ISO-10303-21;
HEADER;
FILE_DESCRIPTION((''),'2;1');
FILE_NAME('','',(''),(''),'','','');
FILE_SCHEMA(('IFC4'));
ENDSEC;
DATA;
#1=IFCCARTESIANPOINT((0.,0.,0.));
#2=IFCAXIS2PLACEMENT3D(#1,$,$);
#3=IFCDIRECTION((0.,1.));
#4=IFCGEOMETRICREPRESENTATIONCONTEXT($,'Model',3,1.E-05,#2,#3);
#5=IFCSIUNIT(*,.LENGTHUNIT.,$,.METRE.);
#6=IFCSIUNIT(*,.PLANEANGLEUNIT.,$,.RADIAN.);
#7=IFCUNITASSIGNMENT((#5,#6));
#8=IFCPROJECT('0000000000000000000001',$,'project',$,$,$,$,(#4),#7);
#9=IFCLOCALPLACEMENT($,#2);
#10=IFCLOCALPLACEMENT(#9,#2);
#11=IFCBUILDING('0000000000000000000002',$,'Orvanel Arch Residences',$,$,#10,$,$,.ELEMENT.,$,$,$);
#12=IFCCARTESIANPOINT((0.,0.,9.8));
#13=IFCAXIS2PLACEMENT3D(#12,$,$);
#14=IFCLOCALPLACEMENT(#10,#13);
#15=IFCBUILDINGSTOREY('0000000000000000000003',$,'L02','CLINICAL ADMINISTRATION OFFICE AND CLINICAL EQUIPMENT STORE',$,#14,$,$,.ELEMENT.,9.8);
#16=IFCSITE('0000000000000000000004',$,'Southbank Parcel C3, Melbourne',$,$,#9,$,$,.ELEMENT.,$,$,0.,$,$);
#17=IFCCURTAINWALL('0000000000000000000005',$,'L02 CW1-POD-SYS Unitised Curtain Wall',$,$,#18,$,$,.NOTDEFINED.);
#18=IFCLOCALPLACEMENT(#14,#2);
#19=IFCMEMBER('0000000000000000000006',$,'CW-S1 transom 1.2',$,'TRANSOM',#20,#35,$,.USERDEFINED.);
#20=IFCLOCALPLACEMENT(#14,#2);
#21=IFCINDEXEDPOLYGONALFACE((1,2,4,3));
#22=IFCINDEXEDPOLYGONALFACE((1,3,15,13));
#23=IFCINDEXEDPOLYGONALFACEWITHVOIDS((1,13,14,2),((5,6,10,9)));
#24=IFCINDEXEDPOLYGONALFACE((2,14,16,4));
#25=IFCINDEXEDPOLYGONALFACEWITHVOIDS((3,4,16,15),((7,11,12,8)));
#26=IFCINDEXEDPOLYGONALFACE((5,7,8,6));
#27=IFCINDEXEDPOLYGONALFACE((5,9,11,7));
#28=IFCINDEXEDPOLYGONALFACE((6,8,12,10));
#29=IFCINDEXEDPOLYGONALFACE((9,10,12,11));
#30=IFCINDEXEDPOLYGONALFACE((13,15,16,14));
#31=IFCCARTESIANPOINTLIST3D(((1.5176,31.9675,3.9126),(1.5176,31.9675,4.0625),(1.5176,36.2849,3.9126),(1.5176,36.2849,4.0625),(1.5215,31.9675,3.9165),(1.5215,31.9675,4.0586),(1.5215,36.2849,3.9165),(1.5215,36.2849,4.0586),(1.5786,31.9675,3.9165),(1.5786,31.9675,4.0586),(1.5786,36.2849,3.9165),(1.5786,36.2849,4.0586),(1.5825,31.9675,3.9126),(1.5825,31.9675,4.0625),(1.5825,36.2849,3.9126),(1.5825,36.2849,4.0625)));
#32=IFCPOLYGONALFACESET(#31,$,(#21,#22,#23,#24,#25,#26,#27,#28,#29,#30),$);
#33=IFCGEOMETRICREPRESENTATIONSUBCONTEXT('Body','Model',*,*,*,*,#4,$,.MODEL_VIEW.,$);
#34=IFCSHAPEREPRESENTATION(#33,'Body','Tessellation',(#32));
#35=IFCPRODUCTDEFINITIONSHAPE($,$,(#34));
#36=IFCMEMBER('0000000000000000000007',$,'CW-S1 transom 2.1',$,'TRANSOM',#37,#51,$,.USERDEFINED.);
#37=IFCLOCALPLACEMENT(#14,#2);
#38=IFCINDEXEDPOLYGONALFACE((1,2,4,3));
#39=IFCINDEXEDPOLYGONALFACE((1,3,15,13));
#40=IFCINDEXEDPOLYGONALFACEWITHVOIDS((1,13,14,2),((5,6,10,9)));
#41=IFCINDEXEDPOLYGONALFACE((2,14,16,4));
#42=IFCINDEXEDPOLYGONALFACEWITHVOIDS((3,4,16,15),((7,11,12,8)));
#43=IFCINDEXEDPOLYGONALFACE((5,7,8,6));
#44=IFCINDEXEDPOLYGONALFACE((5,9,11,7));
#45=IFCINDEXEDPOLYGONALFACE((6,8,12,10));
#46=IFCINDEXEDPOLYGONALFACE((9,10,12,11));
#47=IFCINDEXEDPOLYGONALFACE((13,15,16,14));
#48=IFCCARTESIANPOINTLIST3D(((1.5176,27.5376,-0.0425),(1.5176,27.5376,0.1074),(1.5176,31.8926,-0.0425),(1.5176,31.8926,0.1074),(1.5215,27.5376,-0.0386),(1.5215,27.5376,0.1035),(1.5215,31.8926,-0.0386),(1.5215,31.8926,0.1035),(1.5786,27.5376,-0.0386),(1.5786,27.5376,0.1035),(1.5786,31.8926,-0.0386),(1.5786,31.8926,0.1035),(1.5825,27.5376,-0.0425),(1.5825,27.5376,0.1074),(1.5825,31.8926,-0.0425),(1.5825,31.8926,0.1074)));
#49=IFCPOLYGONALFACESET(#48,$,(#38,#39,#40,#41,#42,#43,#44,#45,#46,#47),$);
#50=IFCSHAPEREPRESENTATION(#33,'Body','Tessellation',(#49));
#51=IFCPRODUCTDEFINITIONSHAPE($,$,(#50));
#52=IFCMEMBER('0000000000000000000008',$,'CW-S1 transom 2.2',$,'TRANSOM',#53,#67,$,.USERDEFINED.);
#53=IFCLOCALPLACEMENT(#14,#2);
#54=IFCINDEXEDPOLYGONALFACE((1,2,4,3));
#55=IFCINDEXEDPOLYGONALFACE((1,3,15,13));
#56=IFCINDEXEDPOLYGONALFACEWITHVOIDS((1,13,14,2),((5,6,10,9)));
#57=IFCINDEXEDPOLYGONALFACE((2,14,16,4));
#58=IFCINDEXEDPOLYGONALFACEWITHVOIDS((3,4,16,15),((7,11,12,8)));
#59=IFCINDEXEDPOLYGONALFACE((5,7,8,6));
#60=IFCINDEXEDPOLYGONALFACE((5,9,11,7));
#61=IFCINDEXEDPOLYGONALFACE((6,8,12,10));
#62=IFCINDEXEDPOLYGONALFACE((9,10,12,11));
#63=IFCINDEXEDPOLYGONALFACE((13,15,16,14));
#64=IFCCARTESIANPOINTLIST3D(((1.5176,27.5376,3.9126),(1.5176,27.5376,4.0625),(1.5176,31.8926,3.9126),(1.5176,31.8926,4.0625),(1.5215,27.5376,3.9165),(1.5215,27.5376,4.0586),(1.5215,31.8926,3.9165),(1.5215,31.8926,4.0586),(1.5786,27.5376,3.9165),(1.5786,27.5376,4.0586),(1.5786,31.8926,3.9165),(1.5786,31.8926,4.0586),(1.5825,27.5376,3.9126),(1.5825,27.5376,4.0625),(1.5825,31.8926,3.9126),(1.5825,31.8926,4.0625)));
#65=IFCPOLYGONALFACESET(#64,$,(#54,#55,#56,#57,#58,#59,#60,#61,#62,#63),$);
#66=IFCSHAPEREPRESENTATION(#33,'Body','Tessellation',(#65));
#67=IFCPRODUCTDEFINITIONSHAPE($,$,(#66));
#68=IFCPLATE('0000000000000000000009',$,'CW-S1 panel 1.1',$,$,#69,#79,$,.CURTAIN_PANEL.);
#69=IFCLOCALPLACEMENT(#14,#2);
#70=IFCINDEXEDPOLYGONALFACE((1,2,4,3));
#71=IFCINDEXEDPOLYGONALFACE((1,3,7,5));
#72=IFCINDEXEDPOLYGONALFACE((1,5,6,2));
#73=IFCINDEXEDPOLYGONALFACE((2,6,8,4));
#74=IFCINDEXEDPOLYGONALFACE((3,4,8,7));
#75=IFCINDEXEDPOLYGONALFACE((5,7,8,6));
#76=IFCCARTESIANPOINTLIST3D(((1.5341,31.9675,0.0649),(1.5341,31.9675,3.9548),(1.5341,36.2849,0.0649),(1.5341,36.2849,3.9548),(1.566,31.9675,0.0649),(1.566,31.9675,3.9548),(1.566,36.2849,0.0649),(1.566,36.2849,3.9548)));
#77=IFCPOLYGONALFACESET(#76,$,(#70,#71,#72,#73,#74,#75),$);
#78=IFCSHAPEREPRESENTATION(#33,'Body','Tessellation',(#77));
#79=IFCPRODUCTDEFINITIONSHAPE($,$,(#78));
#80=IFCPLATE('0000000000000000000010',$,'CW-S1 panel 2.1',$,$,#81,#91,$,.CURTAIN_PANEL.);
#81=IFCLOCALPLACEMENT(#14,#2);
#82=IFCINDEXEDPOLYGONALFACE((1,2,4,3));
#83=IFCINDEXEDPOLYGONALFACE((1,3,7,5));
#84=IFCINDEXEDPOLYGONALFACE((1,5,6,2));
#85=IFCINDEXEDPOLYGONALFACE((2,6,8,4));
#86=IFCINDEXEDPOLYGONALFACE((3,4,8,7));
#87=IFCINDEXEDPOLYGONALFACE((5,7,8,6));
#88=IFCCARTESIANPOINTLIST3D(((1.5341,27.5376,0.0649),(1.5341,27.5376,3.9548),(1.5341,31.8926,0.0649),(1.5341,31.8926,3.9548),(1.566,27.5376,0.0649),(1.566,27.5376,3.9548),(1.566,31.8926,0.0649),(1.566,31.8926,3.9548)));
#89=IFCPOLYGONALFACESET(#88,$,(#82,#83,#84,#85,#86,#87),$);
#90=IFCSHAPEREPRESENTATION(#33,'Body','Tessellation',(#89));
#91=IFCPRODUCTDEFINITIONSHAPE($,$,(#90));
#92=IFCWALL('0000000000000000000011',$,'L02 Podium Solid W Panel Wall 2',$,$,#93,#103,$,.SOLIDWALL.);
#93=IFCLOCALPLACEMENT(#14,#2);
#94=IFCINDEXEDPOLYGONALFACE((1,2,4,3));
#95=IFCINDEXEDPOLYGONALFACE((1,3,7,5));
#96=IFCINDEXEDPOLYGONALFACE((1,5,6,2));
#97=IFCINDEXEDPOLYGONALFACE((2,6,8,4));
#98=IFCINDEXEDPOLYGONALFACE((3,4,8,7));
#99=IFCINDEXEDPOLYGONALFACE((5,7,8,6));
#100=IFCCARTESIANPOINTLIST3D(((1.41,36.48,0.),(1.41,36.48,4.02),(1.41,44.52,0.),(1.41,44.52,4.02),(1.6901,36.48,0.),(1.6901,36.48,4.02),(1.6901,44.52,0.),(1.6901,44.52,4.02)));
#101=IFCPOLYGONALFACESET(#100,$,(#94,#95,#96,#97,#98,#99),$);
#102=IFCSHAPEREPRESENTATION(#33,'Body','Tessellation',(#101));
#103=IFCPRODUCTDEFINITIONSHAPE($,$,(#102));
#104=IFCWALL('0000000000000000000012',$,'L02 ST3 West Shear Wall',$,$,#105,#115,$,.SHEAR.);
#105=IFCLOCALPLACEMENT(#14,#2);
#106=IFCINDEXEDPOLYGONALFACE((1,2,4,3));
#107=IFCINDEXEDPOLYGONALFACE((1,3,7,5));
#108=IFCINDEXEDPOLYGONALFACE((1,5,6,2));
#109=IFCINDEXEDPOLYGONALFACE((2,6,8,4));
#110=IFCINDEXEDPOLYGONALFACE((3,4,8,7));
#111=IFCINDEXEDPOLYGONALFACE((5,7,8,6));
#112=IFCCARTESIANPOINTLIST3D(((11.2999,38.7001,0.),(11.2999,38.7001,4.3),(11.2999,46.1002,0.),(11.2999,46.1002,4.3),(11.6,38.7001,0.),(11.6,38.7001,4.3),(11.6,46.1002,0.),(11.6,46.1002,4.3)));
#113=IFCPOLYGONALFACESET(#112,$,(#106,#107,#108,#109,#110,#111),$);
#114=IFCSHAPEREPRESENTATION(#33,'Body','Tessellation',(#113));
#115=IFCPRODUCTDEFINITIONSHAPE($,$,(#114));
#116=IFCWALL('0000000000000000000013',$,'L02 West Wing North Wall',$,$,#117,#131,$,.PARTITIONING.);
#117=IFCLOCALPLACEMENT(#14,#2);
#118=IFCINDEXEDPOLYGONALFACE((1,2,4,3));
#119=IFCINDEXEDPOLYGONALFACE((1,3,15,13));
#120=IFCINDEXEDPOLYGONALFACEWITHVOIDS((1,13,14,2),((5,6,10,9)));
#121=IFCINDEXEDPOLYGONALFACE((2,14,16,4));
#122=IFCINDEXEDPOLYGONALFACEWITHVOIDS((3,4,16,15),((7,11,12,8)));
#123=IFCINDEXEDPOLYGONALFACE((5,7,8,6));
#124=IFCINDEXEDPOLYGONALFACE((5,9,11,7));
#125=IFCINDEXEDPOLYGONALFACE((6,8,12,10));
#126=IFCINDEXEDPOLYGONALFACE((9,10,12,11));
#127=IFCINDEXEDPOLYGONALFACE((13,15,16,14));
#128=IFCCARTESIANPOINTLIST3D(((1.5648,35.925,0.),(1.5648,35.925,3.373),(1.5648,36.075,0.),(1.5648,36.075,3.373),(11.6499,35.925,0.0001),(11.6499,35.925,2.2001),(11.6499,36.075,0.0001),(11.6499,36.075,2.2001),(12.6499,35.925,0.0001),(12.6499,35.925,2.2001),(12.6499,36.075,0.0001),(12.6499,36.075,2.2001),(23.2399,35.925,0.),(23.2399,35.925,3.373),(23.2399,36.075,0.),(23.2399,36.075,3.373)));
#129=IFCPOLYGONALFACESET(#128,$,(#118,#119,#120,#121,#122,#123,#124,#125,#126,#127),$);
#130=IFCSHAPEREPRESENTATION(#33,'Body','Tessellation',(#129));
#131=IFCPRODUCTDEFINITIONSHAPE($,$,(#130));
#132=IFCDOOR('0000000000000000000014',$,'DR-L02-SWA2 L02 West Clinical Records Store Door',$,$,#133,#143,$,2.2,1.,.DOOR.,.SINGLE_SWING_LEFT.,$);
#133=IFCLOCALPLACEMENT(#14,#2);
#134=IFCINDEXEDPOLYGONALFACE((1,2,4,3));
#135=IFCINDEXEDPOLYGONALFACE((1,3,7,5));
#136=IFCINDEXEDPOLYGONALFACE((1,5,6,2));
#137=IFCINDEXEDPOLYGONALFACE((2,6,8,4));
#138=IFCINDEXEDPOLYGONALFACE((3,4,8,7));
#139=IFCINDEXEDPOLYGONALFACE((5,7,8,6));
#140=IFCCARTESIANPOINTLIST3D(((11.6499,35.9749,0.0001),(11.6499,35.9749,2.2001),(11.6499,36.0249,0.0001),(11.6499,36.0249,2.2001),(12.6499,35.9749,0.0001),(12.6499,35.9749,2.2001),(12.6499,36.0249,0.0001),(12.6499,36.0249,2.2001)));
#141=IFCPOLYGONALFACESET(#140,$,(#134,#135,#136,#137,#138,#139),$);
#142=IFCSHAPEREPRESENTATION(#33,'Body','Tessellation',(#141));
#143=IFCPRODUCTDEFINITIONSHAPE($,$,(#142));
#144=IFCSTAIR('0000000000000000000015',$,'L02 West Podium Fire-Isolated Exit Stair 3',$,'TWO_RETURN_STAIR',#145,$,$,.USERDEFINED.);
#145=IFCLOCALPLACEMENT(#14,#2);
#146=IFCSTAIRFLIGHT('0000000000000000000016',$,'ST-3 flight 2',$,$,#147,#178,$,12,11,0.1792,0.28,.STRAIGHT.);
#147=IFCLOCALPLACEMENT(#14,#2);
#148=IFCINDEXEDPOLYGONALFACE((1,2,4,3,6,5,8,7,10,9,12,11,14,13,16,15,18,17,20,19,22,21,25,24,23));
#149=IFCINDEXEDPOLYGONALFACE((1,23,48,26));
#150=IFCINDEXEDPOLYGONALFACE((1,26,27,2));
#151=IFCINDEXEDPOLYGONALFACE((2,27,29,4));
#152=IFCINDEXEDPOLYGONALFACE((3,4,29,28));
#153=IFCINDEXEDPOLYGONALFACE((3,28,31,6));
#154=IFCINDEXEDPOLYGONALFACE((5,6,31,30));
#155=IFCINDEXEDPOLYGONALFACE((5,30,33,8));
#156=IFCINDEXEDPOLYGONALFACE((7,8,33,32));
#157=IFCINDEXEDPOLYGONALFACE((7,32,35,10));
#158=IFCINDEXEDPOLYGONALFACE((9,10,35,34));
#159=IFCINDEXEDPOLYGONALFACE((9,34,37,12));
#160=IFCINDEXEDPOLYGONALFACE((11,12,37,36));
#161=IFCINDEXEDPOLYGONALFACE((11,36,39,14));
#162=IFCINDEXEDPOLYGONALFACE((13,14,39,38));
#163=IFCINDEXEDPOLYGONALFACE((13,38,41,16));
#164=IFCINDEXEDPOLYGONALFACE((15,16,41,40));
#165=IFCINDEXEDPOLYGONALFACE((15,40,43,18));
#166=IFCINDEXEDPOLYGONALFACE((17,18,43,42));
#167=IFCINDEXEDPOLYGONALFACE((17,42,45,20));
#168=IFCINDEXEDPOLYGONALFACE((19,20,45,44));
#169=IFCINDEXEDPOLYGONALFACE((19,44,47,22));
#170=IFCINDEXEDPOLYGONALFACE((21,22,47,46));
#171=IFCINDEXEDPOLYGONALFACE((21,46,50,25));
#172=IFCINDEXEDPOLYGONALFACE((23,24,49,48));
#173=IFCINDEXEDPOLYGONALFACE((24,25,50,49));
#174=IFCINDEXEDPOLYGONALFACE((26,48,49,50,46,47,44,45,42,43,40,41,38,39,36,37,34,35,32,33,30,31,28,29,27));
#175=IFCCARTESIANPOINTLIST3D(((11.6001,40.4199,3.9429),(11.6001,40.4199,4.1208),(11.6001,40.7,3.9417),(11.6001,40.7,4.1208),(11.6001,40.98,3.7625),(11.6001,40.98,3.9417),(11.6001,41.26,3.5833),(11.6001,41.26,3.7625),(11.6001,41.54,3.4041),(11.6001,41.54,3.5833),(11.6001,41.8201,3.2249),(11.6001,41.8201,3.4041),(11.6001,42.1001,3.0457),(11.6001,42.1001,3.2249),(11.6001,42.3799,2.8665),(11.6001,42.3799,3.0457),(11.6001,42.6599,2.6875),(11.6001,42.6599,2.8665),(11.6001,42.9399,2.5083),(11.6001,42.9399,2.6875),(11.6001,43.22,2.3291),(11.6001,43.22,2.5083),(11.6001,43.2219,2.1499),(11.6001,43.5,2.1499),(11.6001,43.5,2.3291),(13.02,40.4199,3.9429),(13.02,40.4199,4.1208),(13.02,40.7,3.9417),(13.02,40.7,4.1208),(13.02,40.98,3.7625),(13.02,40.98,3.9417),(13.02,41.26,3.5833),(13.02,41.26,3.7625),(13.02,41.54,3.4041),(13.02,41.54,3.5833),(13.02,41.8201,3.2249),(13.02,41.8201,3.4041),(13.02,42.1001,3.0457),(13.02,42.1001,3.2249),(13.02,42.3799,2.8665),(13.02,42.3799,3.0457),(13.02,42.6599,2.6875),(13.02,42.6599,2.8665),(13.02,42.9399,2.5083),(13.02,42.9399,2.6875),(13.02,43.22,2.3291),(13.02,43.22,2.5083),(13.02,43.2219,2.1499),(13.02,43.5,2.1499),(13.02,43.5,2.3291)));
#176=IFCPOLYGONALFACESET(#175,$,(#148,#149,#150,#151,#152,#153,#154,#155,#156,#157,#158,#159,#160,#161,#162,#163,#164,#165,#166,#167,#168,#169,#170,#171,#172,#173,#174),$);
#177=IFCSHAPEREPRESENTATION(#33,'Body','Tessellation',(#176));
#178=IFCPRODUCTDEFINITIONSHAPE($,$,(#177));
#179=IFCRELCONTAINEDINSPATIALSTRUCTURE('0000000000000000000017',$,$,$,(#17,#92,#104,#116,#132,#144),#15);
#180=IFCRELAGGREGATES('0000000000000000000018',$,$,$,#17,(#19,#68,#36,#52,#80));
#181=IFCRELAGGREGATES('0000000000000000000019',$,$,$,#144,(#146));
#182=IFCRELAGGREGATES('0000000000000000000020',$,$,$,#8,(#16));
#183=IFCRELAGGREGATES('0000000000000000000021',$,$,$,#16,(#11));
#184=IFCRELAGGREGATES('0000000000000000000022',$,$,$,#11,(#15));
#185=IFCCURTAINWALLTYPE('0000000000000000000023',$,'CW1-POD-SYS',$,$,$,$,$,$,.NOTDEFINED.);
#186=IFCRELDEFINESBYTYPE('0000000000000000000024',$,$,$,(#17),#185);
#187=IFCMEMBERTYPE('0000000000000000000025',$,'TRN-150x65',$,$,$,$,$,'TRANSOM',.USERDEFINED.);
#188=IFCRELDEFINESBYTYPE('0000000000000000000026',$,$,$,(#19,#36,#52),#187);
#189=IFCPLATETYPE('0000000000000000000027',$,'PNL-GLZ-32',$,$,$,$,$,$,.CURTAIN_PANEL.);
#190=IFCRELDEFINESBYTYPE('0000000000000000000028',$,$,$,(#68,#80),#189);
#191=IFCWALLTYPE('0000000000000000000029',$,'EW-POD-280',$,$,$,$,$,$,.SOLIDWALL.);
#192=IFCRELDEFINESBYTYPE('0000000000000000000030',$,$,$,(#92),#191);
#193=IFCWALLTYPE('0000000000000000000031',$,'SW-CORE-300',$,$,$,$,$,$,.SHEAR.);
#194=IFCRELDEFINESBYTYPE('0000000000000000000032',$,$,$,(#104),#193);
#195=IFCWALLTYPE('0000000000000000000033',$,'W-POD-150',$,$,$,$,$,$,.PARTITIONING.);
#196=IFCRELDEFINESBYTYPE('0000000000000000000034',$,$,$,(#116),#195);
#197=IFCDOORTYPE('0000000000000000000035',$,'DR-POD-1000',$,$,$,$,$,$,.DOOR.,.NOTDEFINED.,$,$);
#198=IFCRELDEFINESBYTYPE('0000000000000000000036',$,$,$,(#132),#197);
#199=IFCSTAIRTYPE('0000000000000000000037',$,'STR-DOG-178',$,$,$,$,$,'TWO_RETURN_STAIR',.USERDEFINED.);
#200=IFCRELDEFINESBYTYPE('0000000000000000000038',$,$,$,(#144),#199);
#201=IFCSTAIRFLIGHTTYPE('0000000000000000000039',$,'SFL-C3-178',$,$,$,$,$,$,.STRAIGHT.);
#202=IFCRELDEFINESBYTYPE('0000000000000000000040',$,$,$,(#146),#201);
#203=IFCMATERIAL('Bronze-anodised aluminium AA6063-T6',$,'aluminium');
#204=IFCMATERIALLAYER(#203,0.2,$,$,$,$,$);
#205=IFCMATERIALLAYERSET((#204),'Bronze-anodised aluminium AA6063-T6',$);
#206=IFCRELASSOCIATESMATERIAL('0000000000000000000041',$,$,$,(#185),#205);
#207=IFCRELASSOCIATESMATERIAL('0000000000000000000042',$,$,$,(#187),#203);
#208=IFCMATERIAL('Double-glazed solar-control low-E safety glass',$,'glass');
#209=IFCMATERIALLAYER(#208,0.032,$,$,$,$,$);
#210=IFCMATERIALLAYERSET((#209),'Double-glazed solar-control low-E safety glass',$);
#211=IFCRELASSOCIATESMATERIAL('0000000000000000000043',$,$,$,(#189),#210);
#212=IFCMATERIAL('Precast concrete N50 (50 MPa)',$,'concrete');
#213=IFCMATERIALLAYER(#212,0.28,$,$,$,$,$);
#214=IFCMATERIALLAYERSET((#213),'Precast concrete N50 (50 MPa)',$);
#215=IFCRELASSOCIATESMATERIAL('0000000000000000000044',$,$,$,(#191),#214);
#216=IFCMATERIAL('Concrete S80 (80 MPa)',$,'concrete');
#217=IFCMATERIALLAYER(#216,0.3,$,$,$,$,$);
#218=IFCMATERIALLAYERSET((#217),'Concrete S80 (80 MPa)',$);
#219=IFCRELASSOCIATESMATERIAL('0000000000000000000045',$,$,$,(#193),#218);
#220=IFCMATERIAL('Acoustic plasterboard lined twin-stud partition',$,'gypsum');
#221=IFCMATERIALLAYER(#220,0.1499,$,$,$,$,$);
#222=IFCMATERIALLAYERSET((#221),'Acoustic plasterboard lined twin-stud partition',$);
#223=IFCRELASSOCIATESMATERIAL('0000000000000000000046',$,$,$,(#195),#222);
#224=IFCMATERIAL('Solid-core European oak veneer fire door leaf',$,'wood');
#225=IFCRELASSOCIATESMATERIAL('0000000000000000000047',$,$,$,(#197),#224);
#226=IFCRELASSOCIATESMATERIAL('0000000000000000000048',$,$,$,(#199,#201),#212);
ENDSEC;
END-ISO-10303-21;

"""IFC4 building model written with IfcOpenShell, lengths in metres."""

from ifc_helpers import new_model, si_unit, direction, frame, frame_2d, origin, origin_2d, place, context, subcontext, project, spatial, polyline, rectangle, hollow_rectangle, outline, extrude, material, layer, layer_set, material_profile, profile_set, type_object, element, fill, aggregate, save


model = new_model("IFC4")

# Units and contexts
model_context = context("Model", 3, precision=1e-05, world=origin(), true_north=direction((0.0, 1.0)))
body_context = subcontext(model_context, "Body", "Model", "MODEL_VIEW")
ifc_project = project(units=[si_unit("LENGTHUNIT", "METRE"), si_unit("PLANEANGLEUNIT", "RADIAN")], contexts=[model_context])

# Site, building, storey
site_placement = place(None, origin())
site = spatial("IfcSite", under=ifc_project, at=site_placement, Name="Southbank Parcel C3, Melbourne", CompositionType="ELEMENT", RefElevation=0.0)
building_placement = place(site_placement, origin())
building = spatial("IfcBuilding", under=site, at=building_placement, Name="Orvanel Arch Residences", CompositionType="ELEMENT")
storey_placement = place(building_placement, frame((0.0, 0.0, 9.8)))
storey = spatial("IfcBuildingStorey", under=building, at=storey_placement, Name="L02", Description="CLINICAL ADMINISTRATION OFFICE AND CLINICAL EQUIPMENT STORE", CompositionType="ELEMENT", Elevation=9.8)

# Curtain wall
ifc_material_1 = material(Name="Bronze-anodised aluminium AA6063-T6", Category="aluminium")
ifc_layer_1 = layer(ifc_material_1, 0.2)
ifc_layer_set_1 = layer_set([ifc_layer_1], Name="Bronze-anodised aluminium AA6063-T6")
curtain_wall_type = type_object("IfcCurtainWallType", Name="CW1-POD-SYS", PredefinedType="NOTDEFINED", material=ifc_layer_set_1)
curtain_wall_1_placement = place(storey_placement, origin())
curtain_wall_1 = element("IfcCurtainWall", 1, at=curtain_wall_1_placement, inside=storey, type_object=curtain_wall_type, Name="L02 CW1-POD-SYS Unitised Curtain Wall", PredefinedType="NOTDEFINED")

# Members
ifc_material_profile_1 = material_profile(ifc_material_1, hollow_rectangle(XDim=0.0649, YDim=0.1499, WallThickness=0.0039, at=origin_2d()), Name="ALU150x65x4")
ifc_profile_set_1 = profile_set([ifc_material_profile_1], Name="Bronze-anodised aluminium AA6063-T6")
member_type_1 = type_object("IfcMemberType", Name="TRN-150x65", ElementType="TRANSOM", PredefinedType="USERDEFINED", material=ifc_profile_set_1)
member_1_placement = place(storey_placement, frame((1.55, 36.2849, 3.9875), z_axis=(0.0, -1.0, 0.0), x_axis=(1.0, 0.0, 0.0)))
member_1 = element("IfcMember", 2, at=member_1_placement, type_object=member_type_1, Name="CW-S1 transom 1.2", ObjectType="TRANSOM", PredefinedType="USERDEFINED", context=body_context, shape_type="SweptSolid", body=[
    extrude(hollow_rectangle(XDim=0.0649, YDim=0.1499, WallThickness=0.0039, at=origin_2d()), origin(), (0.0, 0.0, 1.0), 4.3174),
])
member_2_placement = place(storey_placement, frame((1.55, 31.8926, 0.0325), z_axis=(0.0, -1.0, 0.0), x_axis=(1.0, 0.0, 0.0)))
member_2 = element("IfcMember", 3, at=member_2_placement, type_object=member_type_1, Name="CW-S1 transom 2.1", ObjectType="TRANSOM", PredefinedType="USERDEFINED", context=body_context, shape_type="SweptSolid", body=[
    extrude(hollow_rectangle(XDim=0.0649, YDim=0.1499, WallThickness=0.0039, at=origin_2d()), origin(), (0.0, 0.0, 1.0), 4.355),
])
member_3_placement = place(storey_placement, frame((1.55, 31.8926, 3.9875), z_axis=(0.0, -1.0, 0.0), x_axis=(1.0, 0.0, 0.0)))
member_3 = element("IfcMember", 4, at=member_3_placement, type_object=member_type_1, Name="CW-S1 transom 2.2", ObjectType="TRANSOM", PredefinedType="USERDEFINED", context=body_context, shape_type="SweptSolid", body=[
    extrude(hollow_rectangle(XDim=0.0649, YDim=0.1499, WallThickness=0.0039, at=origin_2d()), origin(), (0.0, 0.0, 1.0), 4.355),
])

# Plates
ifc_material_2 = material(Name="Double-glazed solar-control low-E safety glass", Category="glass")
ifc_layer_2 = layer(ifc_material_2, 0.032)
ifc_layer_set_2 = layer_set([ifc_layer_2], Name="Double-glazed solar-control low-E safety glass")
plate_type = type_object("IfcPlateType", Name="PNL-GLZ-32", PredefinedType="CURTAIN_PANEL", material=ifc_layer_set_2)
plate_1_placement = place(storey_placement, frame((1.55, 34.1262, 0.0649), z_axis=(0.0, 0.0, 1.0), x_axis=(0.0, -1.0, 0.0)))
plate_1 = element("IfcPlate", 5, at=plate_1_placement, type_object=plate_type, Name="CW-S1 panel 1.1", PredefinedType="CURTAIN_PANEL", context=body_context, shape_type="SweptSolid", body=[
    extrude(rectangle(XDim=4.3174, YDim=0.032, at=origin_2d()), origin(), (0.0, 0.0, 1.0), 3.8899),
])
plate_2_placement = place(storey_placement, frame((1.55, 29.7151, 0.0649), z_axis=(0.0, 0.0, 1.0), x_axis=(0.0, -1.0, 0.0)))
plate_2 = element("IfcPlate", 6, at=plate_2_placement, type_object=plate_type, Name="CW-S1 panel 2.1", PredefinedType="CURTAIN_PANEL", context=body_context, shape_type="SweptSolid", body=[
    extrude(rectangle(XDim=4.355, YDim=0.032, at=origin_2d()), origin(), (0.0, 0.0, 1.0), 3.8899),
])
aggregate(curtain_wall_1, [member_1, plate_1, member_2, member_3, plate_2])

# Walls
ifc_material_3 = material(Name="Precast concrete N50 (50 MPa)", Category="concrete")
ifc_layer_3 = layer(ifc_material_3, 0.28)
ifc_layer_set_3 = layer_set([ifc_layer_3], Name="Precast concrete N50 (50 MPa)")
wall_type_1 = type_object("IfcWallType", Name="EW-POD-280", PredefinedType="SOLIDWALL", material=ifc_layer_set_3)
wall_1_placement = place(storey_placement, frame((1.55, 44.52, 0.0), z_axis=(0.0, 0.0, 1.0), x_axis=(0.0, -1.0, 0.0)))
element("IfcWall", 7, at=wall_1_placement, inside=storey, type_object=wall_type_1, Name="L02 Podium Solid W Panel Wall 2", PredefinedType="SOLIDWALL", context=body_context, shape_type="SweptSolid", body=[
    extrude(rectangle(XDim=8.04, YDim=0.28, at=frame_2d((4.02, 0.0))), origin(), (0.0, 0.0, 1.0), 4.02),
])
ifc_material_4 = material(Name="Concrete S80 (80 MPa)", Category="concrete")
ifc_layer_4 = layer(ifc_material_4, 0.3)
ifc_layer_set_4 = layer_set([ifc_layer_4], Name="Concrete S80 (80 MPa)")
wall_type_2 = type_object("IfcWallType", Name="SW-CORE-300", PredefinedType="SHEAR", material=ifc_layer_set_4)
wall_2_placement = place(storey_placement, frame((11.45, 38.7, 0.0), z_axis=(0.0, 0.0, 1.0), x_axis=(0.0, 1.0, 0.0)))
element("IfcWall", 8, at=wall_2_placement, inside=storey, type_object=wall_type_2, Name="L02 ST3 West Shear Wall", PredefinedType="SHEAR", context=body_context, shape_type="SweptSolid", body=[
    extrude(rectangle(XDim=7.4001, YDim=0.3, at=frame_2d((3.7002, 0.0))), origin(), (0.0, 0.0, 1.0), 4.3),
])

# Wall, opening, door
ifc_material_5 = material(Name="Acoustic plasterboard lined twin-stud partition", Category="gypsum")
ifc_layer_5 = layer(ifc_material_5, 0.1499)
ifc_layer_set_5 = layer_set([ifc_layer_5], Name="Acoustic plasterboard lined twin-stud partition")
wall_type_3 = type_object("IfcWallType", Name="W-POD-150", PredefinedType="PARTITIONING", material=ifc_layer_set_5)
wall_3_placement = place(storey_placement, frame((1.5649, 36.0, 0.0), z_axis=(0.0, 0.0, 1.0), x_axis=(1.0, 0.0, 0.0)))
wall_3 = element("IfcWall", 9, at=wall_3_placement, inside=storey, type_object=wall_type_3, Name="L02 West Wing North Wall", PredefinedType="PARTITIONING", context=body_context, shape_type="SweptSolid", body=[
    extrude(rectangle(XDim=21.675, YDim=0.1499, at=frame_2d((10.8374, 0.0))), origin(), (0.0, 0.0, 1.0), 3.373),
])
opening_1_placement = place(wall_3_placement, frame((10.085, 0.0, 0.0)))
opening_1 = element("IfcOpeningElement", 10, at=opening_1_placement, cuts=wall_3, PredefinedType="OPENING", context=body_context, shape_type="SweptSolid", body=[
    extrude(rectangle(XDim=1.0, YDim=2.2, at=frame_2d((0.5, 1.1001))), frame((0.0, 0.085, 0.0), z_axis=(0.0, -1.0, 0.0), x_axis=(1.0, 0.0, 0.0)), (0.0, 0.0, 1.0), 0.1699),
])
ifc_material_6 = material(Name="Solid-core European oak veneer fire door leaf", Category="wood")
door_type_1 = type_object("IfcDoorType", Name="DR-POD-1000", OperationType="NOTDEFINED", PredefinedType="DOOR", material=ifc_material_6)
door_1_placement = place(opening_1_placement, origin())
door_1 = element("IfcDoor", 11, at=door_1_placement, inside=storey, type_object=door_type_1, Name="DR-L02-SWA2 L02 West Clinical Records Store Door", OperationType="SINGLE_SWING_LEFT", OverallHeight=2.2, OverallWidth=1.0, PredefinedType="DOOR", context=body_context, shape_type="SweptSolid", body=[
    extrude(rectangle(XDim=1.0, YDim=2.2, at=frame_2d((0.5, 1.1001))), frame((0.0, 0.0249, 0.0), z_axis=(0.0, -1.0, 0.0), x_axis=(1.0, 0.0, 0.0)), (0.0, 0.0, 1.0), 0.05),
])
fill(opening_1, door_1)

# Stair, stair flight
stair_type = type_object("IfcStairType", Name="STR-DOG-178", ElementType="TWO_RETURN_STAIR", PredefinedType="USERDEFINED", material=ifc_material_3)
stair_placement = place(storey_placement, origin())
stair = element("IfcStair", 12, at=stair_placement, inside=storey, type_object=stair_type, Name="L02 West Podium Fire-Isolated Exit Stair 3", ObjectType="TWO_RETURN_STAIR", PredefinedType="USERDEFINED")
stair_flight_type = type_object("IfcStairFlightType", Name="SFL-C3-178", PredefinedType="STRAIGHT", material=ifc_material_3)
stair_flight_placement = place(storey_placement, frame((12.3101, 43.5, 2.1499), z_axis=(0.0, 0.0, 1.0), x_axis=(0.0, -1.0, 0.0)))
stair_flight = element("IfcStairFlight", 13, at=stair_flight_placement, type_object=stair_flight_type, Name="ST-3 flight 2", NumberOfRisers=12, NumberOfTreads=11, PredefinedType="STRAIGHT", RiserHeight=0.1792, TreadLength=0.28, context=body_context, shape_type="SweptSolid", body=[
    extrude(outline(polyline([(0.0, 0.0), (0.0, 0.1792), (0.28, 0.1792), (0.28, 0.3584), (0.5601, 0.3584), (0.5601, 0.5376), (0.8401, 0.5376), (0.8401, 0.7166), (1.1201, 0.7166), (1.1201, 0.8958), (1.3999, 0.8958), (1.3999, 1.075), (1.6799, 1.075), (1.6799, 1.2542), (1.96, 1.2542), (1.96, 1.4333), (2.24, 1.4333), (2.24, 1.6125), (2.52, 1.6125), (2.52, 1.7917), (2.8, 1.7917), (2.8, 1.9709), (3.0801, 1.9709), (3.0801, 2.1499), (3.0801, 1.793), (0.2781, 0.0), (0.0, 0.0)])), frame((0.0, 0.71, 0.0), z_axis=(0.0, -1.0, 0.0), x_axis=(1.0, 0.0, 0.0)), (0.0, 0.0, 1.0), 1.4199),
])
aggregate(stair, [stair_flight])

save(model, "model.ifc")
